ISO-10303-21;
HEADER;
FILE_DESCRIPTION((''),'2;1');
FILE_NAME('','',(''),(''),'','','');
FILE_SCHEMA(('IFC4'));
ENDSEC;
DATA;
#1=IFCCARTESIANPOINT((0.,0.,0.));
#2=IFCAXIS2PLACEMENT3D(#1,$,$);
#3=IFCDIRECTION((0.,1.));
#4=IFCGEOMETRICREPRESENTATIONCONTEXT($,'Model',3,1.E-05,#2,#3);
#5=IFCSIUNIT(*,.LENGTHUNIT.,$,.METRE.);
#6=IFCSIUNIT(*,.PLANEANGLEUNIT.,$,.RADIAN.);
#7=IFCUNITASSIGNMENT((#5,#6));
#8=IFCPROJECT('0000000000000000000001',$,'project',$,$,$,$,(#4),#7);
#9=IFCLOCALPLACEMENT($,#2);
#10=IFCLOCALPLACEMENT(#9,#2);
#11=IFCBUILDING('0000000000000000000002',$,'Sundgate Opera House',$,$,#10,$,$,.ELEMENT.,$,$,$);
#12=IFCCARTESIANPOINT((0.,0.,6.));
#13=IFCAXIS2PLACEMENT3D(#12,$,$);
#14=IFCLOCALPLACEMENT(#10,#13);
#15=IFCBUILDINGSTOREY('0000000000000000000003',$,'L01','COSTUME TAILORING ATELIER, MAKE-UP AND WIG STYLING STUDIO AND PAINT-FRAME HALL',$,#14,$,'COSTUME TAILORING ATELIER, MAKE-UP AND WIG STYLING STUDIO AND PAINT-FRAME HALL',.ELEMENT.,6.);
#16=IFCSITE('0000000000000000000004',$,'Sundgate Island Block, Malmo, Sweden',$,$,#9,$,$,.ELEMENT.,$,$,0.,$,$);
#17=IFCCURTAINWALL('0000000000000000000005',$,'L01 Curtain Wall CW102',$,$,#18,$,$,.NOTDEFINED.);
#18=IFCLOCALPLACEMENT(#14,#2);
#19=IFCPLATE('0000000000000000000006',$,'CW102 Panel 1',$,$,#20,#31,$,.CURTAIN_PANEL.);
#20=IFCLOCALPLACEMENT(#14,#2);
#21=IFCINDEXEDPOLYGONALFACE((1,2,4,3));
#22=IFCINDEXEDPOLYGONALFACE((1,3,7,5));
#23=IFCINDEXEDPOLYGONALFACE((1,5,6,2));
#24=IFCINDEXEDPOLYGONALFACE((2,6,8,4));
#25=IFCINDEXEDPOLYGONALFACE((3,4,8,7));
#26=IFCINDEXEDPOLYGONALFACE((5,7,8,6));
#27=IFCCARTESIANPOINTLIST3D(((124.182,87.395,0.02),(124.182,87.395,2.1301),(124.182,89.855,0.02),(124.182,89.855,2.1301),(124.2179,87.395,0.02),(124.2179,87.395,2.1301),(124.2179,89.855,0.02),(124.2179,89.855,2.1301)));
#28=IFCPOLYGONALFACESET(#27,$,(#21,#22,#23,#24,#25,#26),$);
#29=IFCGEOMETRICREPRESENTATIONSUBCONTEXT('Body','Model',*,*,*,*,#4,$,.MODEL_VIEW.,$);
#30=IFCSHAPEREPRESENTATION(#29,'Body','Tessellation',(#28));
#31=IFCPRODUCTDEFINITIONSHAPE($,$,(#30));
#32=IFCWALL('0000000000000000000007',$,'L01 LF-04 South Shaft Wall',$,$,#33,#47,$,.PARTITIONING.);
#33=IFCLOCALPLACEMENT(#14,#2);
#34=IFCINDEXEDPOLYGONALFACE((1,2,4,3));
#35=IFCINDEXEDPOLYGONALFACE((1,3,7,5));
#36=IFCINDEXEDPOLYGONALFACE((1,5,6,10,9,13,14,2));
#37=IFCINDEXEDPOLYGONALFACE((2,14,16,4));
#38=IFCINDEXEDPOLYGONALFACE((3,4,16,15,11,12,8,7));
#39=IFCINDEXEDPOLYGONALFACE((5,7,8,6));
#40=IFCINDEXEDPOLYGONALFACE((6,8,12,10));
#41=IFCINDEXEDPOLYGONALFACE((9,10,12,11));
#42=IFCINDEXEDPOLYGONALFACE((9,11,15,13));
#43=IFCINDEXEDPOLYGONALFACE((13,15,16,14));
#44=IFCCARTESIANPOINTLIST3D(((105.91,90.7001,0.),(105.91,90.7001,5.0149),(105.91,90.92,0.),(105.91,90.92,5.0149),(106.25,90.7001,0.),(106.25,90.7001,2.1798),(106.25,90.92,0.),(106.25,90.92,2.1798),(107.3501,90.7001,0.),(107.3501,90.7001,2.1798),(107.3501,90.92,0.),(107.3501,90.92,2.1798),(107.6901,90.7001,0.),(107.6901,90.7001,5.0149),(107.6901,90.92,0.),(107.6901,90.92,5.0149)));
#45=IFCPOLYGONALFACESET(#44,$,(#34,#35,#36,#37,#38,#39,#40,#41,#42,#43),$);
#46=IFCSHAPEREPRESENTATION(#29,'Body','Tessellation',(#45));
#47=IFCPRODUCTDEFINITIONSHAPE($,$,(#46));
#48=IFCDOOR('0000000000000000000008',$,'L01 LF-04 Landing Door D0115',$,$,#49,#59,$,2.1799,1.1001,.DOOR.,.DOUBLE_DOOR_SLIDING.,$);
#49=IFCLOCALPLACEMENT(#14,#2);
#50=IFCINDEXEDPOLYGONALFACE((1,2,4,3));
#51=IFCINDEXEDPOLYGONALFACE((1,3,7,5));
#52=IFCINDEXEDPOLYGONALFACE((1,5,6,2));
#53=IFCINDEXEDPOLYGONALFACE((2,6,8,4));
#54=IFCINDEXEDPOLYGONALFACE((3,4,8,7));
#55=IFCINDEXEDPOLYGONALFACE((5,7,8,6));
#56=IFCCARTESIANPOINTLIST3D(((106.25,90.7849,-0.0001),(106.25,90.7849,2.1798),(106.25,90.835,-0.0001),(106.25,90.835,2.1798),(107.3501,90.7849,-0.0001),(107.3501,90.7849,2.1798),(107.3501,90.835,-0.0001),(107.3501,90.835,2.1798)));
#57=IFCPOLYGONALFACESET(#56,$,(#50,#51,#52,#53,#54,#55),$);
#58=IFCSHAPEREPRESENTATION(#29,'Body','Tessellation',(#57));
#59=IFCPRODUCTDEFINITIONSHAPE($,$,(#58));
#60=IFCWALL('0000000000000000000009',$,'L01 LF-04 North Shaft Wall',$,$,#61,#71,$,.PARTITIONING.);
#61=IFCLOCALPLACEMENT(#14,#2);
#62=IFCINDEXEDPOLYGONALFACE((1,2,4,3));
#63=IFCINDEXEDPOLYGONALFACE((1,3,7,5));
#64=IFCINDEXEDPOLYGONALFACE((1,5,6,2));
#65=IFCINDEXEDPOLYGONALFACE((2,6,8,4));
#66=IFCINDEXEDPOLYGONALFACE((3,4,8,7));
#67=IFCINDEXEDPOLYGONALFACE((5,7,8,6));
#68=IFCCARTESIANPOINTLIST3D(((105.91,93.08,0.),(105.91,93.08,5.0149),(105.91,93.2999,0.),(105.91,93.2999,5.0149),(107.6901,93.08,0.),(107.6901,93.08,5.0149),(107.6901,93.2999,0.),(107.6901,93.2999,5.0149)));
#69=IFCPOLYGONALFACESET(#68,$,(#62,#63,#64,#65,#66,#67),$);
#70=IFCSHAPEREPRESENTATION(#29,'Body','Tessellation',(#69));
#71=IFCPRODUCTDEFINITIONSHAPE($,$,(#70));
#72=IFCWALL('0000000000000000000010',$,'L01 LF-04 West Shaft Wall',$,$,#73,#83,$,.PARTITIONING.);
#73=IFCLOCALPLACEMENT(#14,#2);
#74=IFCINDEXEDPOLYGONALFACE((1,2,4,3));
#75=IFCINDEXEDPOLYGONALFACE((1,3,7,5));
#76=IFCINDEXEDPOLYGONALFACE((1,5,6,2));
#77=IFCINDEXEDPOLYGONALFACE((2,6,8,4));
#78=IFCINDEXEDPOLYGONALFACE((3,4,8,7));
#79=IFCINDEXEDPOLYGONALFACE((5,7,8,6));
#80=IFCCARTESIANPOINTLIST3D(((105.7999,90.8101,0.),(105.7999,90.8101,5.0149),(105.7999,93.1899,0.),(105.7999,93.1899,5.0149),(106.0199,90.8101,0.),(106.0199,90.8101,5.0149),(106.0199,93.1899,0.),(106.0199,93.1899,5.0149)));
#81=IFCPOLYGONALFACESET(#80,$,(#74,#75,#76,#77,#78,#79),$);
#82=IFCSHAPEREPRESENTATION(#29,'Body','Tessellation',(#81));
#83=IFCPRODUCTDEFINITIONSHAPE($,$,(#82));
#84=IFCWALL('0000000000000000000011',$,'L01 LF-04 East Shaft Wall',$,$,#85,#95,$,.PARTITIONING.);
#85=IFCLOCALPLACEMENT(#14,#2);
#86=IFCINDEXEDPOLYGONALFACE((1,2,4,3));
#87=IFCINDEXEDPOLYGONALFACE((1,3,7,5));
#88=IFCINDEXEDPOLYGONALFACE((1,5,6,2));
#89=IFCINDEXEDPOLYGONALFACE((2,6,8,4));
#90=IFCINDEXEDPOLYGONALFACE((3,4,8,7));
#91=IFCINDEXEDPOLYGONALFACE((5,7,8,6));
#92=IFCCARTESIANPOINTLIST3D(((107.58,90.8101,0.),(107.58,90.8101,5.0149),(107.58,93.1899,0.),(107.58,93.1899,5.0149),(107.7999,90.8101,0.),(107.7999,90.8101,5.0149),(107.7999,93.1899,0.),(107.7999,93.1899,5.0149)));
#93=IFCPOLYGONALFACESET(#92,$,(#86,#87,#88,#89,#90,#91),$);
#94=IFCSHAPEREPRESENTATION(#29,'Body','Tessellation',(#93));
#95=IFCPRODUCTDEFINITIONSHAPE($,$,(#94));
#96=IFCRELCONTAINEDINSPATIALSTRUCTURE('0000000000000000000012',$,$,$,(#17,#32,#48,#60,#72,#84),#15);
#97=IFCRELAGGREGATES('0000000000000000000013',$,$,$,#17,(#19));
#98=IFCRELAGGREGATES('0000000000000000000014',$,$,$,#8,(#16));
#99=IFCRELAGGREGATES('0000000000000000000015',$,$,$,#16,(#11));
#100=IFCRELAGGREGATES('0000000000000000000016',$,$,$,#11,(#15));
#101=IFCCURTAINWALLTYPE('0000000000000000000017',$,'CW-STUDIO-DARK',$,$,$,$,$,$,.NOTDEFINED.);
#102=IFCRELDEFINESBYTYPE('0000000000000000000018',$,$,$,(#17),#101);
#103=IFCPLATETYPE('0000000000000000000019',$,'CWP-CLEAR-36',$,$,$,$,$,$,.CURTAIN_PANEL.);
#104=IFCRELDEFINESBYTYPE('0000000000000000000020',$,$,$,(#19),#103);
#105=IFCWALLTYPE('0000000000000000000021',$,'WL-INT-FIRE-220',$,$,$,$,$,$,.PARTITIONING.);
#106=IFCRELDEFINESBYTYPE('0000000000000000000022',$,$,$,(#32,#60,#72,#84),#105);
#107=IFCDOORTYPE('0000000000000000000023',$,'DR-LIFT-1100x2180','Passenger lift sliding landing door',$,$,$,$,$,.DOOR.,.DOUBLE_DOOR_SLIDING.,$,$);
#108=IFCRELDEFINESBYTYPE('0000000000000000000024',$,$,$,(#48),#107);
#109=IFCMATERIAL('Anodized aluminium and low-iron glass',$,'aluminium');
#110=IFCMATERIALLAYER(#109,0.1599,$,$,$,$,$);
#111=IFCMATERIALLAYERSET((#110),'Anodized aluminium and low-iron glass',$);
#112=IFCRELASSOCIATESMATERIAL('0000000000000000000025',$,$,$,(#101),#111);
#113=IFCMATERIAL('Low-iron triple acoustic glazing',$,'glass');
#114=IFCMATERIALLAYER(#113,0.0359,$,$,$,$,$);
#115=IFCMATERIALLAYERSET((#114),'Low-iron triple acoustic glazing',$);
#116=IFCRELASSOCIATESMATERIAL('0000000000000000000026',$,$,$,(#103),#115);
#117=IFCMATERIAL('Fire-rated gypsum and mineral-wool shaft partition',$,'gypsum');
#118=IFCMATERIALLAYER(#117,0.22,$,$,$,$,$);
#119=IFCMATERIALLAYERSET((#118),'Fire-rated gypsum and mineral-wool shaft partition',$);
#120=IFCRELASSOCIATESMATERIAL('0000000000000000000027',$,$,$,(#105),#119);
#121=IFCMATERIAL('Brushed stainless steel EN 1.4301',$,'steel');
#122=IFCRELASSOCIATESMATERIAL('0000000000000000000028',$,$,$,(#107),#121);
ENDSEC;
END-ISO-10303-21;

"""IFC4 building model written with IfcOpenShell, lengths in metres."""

from ifc_helpers import new_model, si_unit, direction, frame, frame_2d, origin, origin_2d, place, context, subcontext, project, spatial, rectangle, extrude, material, layer, layer_set, type_object, element, fill, aggregate, save


model = new_model("IFC4")

# Units and contexts
model_context = context("Model", 3, precision=1e-05, world=origin(), true_north=direction((0.0, 1.0)))
body_context = subcontext(model_context, "Body", "Model", "MODEL_VIEW")
ifc_project = project(units=[si_unit("LENGTHUNIT", "METRE"), si_unit("PLANEANGLEUNIT", "RADIAN")], contexts=[model_context])

# Site, building, storey
site_placement = place(None, origin())
site = spatial("IfcSite", under=ifc_project, at=site_placement, Name="Sundgate Island Block, Malmo, Sweden", CompositionType="ELEMENT", RefElevation=0.0)
building_placement = place(site_placement, origin())
building = spatial("IfcBuilding", under=site, at=building_placement, Name="Sundgate Opera House", CompositionType="ELEMENT")
storey_placement = place(building_placement, frame((0.0, 0.0, 6.0)))
storey = spatial("IfcBuildingStorey", under=building, at=storey_placement, Name="L01", Description="COSTUME TAILORING ATELIER, MAKE-UP AND WIG STYLING STUDIO AND PAINT-FRAME HALL", LongName="COSTUME TAILORING ATELIER, MAKE-UP AND WIG STYLING STUDIO AND PAINT-FRAME HALL", CompositionType="ELEMENT", Elevation=6.0)

# Curtain wall, plate
ifc_material_1 = material(Name="Anodized aluminium and low-iron glass", Category="aluminium")
ifc_layer_1 = layer(ifc_material_1, 0.1599)
ifc_layer_set_1 = layer_set([ifc_layer_1], Name="Anodized aluminium and low-iron glass")
curtain_wall_type = type_object("IfcCurtainWallType", Name="CW-STUDIO-DARK", PredefinedType="NOTDEFINED", material=ifc_layer_set_1)
curtain_wall_placement = place(storey_placement, origin())
curtain_wall = element("IfcCurtainWall", 1, at=curtain_wall_placement, inside=storey, type_object=curtain_wall_type, Name="L01 Curtain Wall CW102", PredefinedType="NOTDEFINED")
ifc_material_2 = material(Name="Low-iron triple acoustic glazing", Category="glass")
ifc_layer_2 = layer(ifc_material_2, 0.0359)
ifc_layer_set_2 = layer_set([ifc_layer_2], Name="Low-iron triple acoustic glazing")
plate_type = type_object("IfcPlateType", Name="CWP-CLEAR-36", PredefinedType="CURTAIN_PANEL", material=ifc_layer_set_2)
plate_placement = place(storey_placement, frame((124.2, 88.625, 0.02), z_axis=(0.0, 0.0, 1.0), x_axis=(0.0, 1.0, 0.0)))
plate = element("IfcPlate", 2, at=plate_placement, type_object=plate_type, Name="CW102 Panel 1", PredefinedType="CURTAIN_PANEL", context=body_context, shape_type="SweptSolid", body=[
    extrude(rectangle(XDim=2.46, YDim=0.0359, at=origin_2d()), origin(), (0.0, 0.0, 1.0), 2.1101),
])
aggregate(curtain_wall, [plate])

# Wall, opening, door
ifc_material_3 = material(Name="Fire-rated gypsum and mineral-wool shaft partition", Category="gypsum")
ifc_layer_3 = layer(ifc_material_3, 0.22)
ifc_layer_set_3 = layer_set([ifc_layer_3], Name="Fire-rated gypsum and mineral-wool shaft partition")
wall_type = type_object("IfcWallType", Name="WL-INT-FIRE-220", PredefinedType="PARTITIONING", material=ifc_layer_set_3)
wall_1_placement = place(storey_placement, frame((105.9099, 90.8101, 0.0), z_axis=(0.0, 0.0, 1.0), x_axis=(1.0, 0.0, 0.0)))
wall_1 = element("IfcWall", 3, at=wall_1_placement, inside=storey, type_object=wall_type, Name="L01 LF-04 South Shaft Wall", PredefinedType="PARTITIONING", context=body_context, shape_type="SweptSolid", body=[
    extrude(rectangle(XDim=1.78, YDim=0.22, at=frame_2d((0.8901, 0.0))), origin(), (0.0, 0.0, 1.0), 5.0149),
])
opening_placement = place(wall_1_placement, frame((0.3401, 0.0, 0.0)))
opening = element("IfcOpeningElement", 4, at=opening_placement, cuts=wall_1, PredefinedType="OPENING", context=body_context, shape_type="SweptSolid", body=[
    extrude(rectangle(XDim=1.1001, YDim=2.1799, at=frame_2d((0.55, 1.0898))), frame((0.0, 0.1199, 0.0), z_axis=(0.0, -1.0, 0.0), x_axis=(1.0, 0.0, 0.0)), (0.0, 0.0, 1.0), 0.24),
])
ifc_material_4 = material(Name="Brushed stainless steel EN 1.4301", Category="steel")
door_type = type_object("IfcDoorType", Name="DR-LIFT-1100x2180", Description="Passenger lift sliding landing door", OperationType="DOUBLE_DOOR_SLIDING", PredefinedType="DOOR", material=ifc_material_4)
door_placement = place(opening_placement, origin())
door = element("IfcDoor", 5, at=door_placement, inside=storey, type_object=door_type, Name="L01 LF-04 Landing Door D0115", OperationType="DOUBLE_DOOR_SLIDING", OverallHeight=2.1799, OverallWidth=1.1001, PredefinedType="DOOR", context=body_context, shape_type="SweptSolid", body=[
    extrude(rectangle(XDim=1.1001, YDim=2.1799, at=frame_2d((0.55, 1.0898))), frame((0.0, 0.0249, 0.0), z_axis=(0.0, -1.0, 0.0), x_axis=(1.0, 0.0, 0.0)), (0.0, 0.0, 1.0), 0.05),
])
fill(opening, door)

# Walls
wall_2_placement = place(storey_placement, frame((105.9099, 93.1899, 0.0), z_axis=(0.0, 0.0, 1.0), x_axis=(1.0, 0.0, 0.0)))
element("IfcWall", 6, at=wall_2_placement, inside=storey, type_object=wall_type, Name="L01 LF-04 North Shaft Wall", PredefinedType="PARTITIONING", context=body_context, shape_type="SweptSolid", body=[
    extrude(rectangle(XDim=1.78, YDim=0.22, at=frame_2d((0.8901, 0.0))), origin(), (0.0, 0.0, 1.0), 5.0149),
])
for number, where, z_axis, x_axis, name in (
    (7, (105.9099, 90.8101, 0.0), (0.0, 0.0, 1.0), (0.0, 1.0, 0.0), "L01 LF-04 West Shaft Wall"),
    (8, (107.6899, 90.8101, 0.0), (0.0, 0.0, 1.0), (0.0, 1.0, 0.0), "L01 LF-04 East Shaft Wall"),
):
    element("IfcWall", number, at=place(storey_placement, frame(where, z_axis=z_axis, x_axis=x_axis)), inside=storey, type_object=wall_type, Name=name, PredefinedType="PARTITIONING", context=body_context, shape_type="SweptSolid", body=[
        extrude(rectangle(XDim=2.3799, YDim=0.22, at=frame_2d((1.1899, 0.0))), origin(), (0.0, 0.0, 1.0), 5.0149),
    ])

save(model, "model.ifc")
